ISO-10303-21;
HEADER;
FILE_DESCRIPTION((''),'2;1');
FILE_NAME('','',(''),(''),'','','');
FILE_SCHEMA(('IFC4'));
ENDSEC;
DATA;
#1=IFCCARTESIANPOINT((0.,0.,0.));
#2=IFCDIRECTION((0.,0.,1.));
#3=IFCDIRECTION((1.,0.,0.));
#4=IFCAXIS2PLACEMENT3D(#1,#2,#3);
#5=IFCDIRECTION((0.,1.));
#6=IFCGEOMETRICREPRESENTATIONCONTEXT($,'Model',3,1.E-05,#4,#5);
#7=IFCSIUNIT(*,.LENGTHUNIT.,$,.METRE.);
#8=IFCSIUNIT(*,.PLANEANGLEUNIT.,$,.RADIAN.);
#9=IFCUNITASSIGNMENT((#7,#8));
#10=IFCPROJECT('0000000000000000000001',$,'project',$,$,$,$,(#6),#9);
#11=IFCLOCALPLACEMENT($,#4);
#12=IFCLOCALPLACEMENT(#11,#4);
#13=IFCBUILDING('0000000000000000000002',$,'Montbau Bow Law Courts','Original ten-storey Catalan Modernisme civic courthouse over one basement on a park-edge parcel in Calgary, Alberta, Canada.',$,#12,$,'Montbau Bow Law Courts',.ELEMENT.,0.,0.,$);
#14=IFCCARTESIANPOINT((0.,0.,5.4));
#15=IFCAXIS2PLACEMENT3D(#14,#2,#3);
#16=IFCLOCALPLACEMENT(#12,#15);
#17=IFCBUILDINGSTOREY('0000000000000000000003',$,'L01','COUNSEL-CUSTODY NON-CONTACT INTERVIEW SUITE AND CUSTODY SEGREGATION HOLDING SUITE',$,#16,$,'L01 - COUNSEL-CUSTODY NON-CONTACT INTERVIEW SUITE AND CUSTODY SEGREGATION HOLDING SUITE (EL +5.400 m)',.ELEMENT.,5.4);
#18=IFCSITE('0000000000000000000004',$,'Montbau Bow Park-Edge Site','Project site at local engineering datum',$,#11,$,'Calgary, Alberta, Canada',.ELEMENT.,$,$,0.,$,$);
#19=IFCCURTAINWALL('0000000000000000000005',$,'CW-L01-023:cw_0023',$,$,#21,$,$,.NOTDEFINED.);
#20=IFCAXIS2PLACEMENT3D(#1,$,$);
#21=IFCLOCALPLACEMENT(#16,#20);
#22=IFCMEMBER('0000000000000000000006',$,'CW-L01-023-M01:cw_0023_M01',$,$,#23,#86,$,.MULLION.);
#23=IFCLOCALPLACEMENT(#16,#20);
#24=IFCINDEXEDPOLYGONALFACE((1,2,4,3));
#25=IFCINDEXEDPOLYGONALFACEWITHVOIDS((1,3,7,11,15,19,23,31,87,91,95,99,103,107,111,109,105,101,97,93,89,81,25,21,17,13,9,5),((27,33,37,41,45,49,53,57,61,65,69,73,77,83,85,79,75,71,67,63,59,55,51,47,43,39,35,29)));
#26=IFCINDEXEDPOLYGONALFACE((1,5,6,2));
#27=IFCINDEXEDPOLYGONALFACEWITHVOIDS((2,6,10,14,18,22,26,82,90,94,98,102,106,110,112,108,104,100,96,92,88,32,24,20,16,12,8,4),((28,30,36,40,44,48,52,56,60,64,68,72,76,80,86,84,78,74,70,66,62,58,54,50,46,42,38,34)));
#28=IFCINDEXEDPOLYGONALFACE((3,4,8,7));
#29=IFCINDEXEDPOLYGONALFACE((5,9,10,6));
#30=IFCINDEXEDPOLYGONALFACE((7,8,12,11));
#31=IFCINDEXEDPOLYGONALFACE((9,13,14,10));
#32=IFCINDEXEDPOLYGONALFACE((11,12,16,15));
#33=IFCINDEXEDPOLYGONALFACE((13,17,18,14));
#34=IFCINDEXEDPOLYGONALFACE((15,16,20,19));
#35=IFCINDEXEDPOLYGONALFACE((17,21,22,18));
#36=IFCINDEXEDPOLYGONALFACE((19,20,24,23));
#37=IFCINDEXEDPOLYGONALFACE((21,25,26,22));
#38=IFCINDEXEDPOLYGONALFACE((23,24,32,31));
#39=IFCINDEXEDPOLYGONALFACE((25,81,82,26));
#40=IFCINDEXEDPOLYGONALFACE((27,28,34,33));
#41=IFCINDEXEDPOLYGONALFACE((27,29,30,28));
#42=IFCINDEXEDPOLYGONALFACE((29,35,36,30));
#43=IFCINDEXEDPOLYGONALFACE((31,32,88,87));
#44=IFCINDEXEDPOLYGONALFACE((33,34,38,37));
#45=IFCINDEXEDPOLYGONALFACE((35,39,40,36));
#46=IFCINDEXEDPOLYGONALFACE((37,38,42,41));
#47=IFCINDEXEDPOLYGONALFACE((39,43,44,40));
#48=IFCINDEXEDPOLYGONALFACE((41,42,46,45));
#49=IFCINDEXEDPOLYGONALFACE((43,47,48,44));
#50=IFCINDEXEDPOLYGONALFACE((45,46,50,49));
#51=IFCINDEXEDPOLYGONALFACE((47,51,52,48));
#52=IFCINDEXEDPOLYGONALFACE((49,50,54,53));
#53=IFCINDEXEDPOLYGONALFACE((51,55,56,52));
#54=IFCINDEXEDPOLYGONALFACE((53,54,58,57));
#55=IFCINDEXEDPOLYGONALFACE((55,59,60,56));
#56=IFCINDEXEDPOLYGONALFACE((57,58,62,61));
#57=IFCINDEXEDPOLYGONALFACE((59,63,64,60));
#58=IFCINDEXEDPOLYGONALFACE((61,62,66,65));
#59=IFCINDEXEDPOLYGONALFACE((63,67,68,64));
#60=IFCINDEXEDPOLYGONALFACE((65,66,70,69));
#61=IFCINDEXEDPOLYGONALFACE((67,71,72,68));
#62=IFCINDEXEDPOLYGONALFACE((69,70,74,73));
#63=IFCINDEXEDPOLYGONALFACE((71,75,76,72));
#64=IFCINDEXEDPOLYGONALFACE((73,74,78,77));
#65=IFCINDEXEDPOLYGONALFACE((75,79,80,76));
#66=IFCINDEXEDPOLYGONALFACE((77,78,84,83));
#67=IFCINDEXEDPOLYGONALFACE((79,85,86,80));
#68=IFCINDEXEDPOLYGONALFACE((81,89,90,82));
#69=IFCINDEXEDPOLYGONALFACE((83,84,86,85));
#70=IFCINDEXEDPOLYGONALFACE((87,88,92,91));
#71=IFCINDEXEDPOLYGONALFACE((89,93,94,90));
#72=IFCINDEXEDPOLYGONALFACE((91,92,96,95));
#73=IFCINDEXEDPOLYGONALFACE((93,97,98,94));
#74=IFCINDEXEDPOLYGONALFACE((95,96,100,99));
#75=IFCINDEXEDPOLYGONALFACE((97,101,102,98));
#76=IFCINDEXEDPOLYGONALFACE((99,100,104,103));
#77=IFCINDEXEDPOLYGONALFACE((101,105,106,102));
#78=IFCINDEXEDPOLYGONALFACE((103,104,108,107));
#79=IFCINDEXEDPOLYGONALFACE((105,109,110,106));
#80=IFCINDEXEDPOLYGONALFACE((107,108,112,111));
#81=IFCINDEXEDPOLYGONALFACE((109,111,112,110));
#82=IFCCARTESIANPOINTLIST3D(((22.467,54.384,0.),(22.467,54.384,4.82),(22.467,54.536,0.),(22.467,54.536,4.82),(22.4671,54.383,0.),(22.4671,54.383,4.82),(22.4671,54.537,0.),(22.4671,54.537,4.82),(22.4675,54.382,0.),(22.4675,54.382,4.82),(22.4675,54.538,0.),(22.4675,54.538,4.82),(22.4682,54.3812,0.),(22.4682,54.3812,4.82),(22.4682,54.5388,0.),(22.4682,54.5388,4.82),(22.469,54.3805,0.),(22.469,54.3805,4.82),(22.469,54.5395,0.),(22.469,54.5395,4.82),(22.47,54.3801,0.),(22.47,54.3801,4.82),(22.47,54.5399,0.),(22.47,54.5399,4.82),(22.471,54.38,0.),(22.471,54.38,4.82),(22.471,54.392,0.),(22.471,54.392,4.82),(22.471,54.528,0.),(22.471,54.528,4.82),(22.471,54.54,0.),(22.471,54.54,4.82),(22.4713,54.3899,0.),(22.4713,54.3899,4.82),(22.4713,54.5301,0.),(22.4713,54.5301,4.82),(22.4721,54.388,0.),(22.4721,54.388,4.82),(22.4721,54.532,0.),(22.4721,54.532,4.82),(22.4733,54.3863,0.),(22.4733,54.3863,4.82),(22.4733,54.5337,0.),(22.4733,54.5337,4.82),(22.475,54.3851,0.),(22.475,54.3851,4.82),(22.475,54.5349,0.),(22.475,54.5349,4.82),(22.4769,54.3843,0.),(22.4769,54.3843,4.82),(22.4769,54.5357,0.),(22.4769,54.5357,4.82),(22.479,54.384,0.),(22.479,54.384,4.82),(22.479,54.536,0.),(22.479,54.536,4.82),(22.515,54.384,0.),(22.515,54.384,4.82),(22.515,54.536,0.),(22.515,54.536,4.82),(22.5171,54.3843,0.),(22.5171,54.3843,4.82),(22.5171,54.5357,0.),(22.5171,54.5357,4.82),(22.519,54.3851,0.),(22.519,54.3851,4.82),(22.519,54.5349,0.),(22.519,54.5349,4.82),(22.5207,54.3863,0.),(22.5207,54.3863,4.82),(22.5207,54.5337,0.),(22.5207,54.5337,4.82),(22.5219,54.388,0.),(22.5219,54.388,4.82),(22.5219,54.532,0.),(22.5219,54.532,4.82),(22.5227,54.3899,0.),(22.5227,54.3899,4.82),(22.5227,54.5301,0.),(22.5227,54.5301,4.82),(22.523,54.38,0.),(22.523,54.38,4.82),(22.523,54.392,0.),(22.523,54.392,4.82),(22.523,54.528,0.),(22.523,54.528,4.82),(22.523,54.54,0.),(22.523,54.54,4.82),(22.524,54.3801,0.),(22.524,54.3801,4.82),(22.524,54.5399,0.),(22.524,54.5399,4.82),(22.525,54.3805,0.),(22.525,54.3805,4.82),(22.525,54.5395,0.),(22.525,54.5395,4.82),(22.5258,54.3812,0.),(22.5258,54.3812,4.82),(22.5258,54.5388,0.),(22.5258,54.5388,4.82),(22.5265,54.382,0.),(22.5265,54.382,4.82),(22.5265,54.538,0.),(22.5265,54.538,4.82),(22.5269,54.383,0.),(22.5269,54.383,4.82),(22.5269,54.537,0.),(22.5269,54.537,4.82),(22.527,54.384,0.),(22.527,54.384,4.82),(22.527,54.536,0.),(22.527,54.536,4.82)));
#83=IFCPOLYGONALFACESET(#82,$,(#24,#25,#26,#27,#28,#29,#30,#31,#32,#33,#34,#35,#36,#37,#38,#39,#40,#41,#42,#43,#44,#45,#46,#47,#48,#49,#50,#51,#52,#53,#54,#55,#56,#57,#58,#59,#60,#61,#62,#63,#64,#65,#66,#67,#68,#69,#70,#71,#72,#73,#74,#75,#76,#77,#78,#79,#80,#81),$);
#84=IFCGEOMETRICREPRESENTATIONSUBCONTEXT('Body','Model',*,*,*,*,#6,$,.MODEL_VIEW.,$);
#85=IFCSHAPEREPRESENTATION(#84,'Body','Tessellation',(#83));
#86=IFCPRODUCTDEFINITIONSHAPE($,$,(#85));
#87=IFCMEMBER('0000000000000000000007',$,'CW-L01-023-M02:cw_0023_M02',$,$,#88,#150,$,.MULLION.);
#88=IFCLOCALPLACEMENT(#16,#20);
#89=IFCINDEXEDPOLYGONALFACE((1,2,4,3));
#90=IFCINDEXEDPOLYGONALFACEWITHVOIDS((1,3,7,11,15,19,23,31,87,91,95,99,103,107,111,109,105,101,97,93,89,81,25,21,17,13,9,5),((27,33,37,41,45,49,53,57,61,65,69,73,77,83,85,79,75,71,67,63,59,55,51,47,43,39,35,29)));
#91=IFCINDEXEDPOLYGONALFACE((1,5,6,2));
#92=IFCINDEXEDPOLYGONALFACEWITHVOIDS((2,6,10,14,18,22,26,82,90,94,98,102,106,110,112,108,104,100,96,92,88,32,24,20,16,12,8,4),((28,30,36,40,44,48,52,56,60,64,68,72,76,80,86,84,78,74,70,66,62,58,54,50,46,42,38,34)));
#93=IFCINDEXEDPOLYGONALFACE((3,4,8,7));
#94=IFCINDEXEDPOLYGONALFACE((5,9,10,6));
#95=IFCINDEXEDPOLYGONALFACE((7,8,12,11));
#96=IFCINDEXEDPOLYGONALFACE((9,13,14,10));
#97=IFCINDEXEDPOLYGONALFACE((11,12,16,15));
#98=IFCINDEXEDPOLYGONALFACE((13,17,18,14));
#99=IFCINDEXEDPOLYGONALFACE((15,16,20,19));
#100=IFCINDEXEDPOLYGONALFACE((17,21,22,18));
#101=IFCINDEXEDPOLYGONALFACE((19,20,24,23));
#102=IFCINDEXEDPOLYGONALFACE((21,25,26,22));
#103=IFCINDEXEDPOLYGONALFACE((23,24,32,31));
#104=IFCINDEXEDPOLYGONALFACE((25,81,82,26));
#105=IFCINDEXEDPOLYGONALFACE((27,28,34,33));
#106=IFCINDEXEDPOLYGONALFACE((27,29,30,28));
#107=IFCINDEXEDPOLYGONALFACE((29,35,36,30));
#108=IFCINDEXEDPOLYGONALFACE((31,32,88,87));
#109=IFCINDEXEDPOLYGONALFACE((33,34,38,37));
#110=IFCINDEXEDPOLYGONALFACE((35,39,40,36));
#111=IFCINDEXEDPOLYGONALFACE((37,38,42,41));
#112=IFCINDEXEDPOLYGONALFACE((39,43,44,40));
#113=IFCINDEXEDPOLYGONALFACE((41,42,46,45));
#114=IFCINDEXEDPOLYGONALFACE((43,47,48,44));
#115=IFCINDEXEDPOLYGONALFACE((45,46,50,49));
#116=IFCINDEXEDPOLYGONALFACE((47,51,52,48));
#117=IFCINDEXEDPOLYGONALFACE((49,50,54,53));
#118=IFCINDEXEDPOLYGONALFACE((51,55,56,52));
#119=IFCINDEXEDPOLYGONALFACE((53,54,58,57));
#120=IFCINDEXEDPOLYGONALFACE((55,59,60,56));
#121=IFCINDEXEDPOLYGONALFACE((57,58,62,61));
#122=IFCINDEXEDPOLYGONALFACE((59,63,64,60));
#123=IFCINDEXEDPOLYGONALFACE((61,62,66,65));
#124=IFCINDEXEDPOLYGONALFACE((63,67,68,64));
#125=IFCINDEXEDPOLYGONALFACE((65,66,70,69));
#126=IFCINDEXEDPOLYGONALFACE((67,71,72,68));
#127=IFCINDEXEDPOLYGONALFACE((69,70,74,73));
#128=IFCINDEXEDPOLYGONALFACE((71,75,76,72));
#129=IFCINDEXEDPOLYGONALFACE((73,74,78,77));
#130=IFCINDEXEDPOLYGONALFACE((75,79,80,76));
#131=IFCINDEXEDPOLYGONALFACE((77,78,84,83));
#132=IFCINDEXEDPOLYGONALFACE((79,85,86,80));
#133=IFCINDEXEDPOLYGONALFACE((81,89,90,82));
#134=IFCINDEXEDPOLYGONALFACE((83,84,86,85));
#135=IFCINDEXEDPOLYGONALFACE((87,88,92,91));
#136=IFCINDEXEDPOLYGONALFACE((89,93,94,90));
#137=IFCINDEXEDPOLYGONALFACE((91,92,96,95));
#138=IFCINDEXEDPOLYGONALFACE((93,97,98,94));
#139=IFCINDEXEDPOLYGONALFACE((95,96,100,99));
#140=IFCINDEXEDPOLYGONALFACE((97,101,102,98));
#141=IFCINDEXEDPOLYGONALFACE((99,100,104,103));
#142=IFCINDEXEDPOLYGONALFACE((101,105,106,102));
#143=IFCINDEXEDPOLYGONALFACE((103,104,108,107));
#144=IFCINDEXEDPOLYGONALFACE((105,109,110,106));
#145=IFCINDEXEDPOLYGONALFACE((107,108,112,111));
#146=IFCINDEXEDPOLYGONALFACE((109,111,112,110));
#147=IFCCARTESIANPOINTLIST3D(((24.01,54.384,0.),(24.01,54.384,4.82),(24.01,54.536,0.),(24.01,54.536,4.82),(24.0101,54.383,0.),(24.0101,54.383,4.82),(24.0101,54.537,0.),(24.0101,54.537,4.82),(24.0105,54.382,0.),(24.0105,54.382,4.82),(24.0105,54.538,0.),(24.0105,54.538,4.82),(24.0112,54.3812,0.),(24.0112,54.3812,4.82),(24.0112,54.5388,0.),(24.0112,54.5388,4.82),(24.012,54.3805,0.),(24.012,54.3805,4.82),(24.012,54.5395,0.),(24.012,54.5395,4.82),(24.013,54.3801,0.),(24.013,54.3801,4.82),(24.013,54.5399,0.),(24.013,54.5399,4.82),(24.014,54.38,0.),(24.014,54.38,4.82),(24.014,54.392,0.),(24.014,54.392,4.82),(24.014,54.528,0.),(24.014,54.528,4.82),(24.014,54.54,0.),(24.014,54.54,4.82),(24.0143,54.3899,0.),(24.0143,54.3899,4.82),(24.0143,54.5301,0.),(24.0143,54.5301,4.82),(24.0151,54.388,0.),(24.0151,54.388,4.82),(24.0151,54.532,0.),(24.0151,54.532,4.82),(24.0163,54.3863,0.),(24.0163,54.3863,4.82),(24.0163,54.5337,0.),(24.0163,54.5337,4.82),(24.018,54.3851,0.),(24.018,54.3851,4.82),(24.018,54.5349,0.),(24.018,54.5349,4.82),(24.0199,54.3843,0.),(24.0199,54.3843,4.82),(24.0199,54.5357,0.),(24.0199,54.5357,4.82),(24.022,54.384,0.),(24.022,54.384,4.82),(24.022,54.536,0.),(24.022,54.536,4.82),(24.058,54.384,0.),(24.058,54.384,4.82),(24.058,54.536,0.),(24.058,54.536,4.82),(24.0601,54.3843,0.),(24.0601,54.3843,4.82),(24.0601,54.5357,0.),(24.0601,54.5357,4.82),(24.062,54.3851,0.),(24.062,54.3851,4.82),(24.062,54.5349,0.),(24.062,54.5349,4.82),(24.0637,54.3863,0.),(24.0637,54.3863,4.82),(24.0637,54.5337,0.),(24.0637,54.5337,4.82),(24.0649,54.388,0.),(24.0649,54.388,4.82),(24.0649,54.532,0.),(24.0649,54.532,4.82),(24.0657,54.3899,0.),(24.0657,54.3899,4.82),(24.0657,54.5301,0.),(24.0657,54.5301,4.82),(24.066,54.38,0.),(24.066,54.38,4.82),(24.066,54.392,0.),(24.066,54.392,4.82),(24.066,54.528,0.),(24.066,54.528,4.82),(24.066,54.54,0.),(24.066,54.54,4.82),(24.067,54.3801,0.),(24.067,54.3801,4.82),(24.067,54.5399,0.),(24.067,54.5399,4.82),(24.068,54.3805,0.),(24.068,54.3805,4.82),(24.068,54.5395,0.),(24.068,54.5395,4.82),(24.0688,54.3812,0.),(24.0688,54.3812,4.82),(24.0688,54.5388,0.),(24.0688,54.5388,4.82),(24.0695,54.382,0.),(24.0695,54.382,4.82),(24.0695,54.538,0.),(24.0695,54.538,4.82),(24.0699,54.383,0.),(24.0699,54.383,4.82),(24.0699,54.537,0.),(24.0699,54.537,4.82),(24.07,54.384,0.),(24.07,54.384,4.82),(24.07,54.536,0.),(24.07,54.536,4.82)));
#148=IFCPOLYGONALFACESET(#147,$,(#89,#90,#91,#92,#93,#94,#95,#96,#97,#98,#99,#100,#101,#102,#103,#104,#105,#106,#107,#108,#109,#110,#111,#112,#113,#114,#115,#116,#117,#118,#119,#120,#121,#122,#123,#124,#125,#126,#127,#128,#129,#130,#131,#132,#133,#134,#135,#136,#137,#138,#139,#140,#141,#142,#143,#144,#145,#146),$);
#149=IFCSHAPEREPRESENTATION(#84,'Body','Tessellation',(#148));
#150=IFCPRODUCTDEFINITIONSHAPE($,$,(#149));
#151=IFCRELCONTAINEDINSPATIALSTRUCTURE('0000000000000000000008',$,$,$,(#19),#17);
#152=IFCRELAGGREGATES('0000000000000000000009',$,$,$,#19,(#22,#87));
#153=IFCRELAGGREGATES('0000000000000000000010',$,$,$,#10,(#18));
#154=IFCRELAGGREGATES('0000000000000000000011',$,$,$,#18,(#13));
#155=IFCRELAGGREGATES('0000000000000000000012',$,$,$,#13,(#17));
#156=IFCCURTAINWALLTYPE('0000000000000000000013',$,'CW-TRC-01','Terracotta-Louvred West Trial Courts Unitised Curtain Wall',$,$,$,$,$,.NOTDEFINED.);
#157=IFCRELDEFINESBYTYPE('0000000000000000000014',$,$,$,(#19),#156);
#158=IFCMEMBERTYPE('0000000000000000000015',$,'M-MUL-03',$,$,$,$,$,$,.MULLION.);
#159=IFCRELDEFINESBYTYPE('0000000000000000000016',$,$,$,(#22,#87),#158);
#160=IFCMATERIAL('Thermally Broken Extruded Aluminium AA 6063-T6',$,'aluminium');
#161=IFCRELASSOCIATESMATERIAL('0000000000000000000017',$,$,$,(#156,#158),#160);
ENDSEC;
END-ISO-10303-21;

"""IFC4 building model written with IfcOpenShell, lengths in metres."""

from ifc_helpers import new_model, si_unit, direction, frame, origin_with_axes, origin_2d_with_axis, place, context, subcontext, project, spatial, hollow_rectangle, extrude, material, material_profile, profile_set, type_object, element, aggregate, save


model = new_model("IFC4")

# Units and contexts
model_context = context("Model", 3, precision=1e-05, world=origin_with_axes(), true_north=direction((0.0, 1.0)))
body_context = subcontext(model_context, "Body", "Model", "MODEL_VIEW")
ifc_project = project(units=[si_unit("LENGTHUNIT", "METRE"), si_unit("PLANEANGLEUNIT", "RADIAN")], contexts=[model_context])

# Site, building, storey
site_placement = place(None, origin_with_axes())
site = spatial("IfcSite", under=ifc_project, at=site_placement, Name="Montbau Bow Park-Edge Site", Description="Project site at local engineering datum", LongName="Calgary, Alberta, Canada", CompositionType="ELEMENT", RefElevation=0.0)
building_placement = place(site_placement, origin_with_axes())
building = spatial("IfcBuilding", under=site, at=building_placement, Name="Montbau Bow Law Courts", Description="Original ten-storey Catalan Modernisme civic courthouse over one basement on a park-edge parcel in Calgary, Alberta, Canada.", LongName="Montbau Bow Law Courts", CompositionType="ELEMENT", ElevationOfRefHeight=0.0, ElevationOfTerrain=0.0)
storey_placement = place(building_placement, frame((0.0, 0.0, 5.4), z_axis=(0.0, 0.0, 1.0), x_axis=(1.0, 0.0, 0.0)))
storey = spatial("IfcBuildingStorey", under=building, at=storey_placement, Name="L01", Description="COUNSEL-CUSTODY NON-CONTACT INTERVIEW SUITE AND CUSTODY SEGREGATION HOLDING SUITE", LongName="L01 - COUNSEL-CUSTODY NON-CONTACT INTERVIEW SUITE AND CUSTODY SEGREGATION HOLDING SUITE (EL +5.400 m)", CompositionType="ELEMENT", Elevation=5.4)

# Curtain wall, members
ifc_material_1 = material(Name="Thermally Broken Extruded Aluminium AA 6063-T6", Category="aluminium")
curtain_wall_type = type_object("IfcCurtainWallType", Name="CW-TRC-01", Description="Terracotta-Louvred West Trial Courts Unitised Curtain Wall", PredefinedType="NOTDEFINED", material=ifc_material_1)
curtain_wall_1_placement = place(None, frame((22.467, 54.46, 5.4), z_axis=(0.0, 0.0, 1.0), x_axis=(1.0, 0.0, 0.0)))
curtain_wall_1 = element("IfcCurtainWall", 1, at=curtain_wall_1_placement, inside=storey, type_object=curtain_wall_type, Name="CW-L01-023:cw_0023", PredefinedType="NOTDEFINED")
ifc_material_profile_1 = material_profile(ifc_material_1, hollow_rectangle(XDim=0.06, YDim=0.16, WallThickness=0.004, InnerFilletRadius=0.008, OuterFilletRadius=0.004, at=origin_2d_with_axis()), Name="CWM-160X60", Category="Main", Priority=0)
ifc_profile_set_1 = profile_set([ifc_material_profile_1], Name="Thermally Broken Extruded Aluminium AA 6063-T6")
member_type_1 = type_object("IfcMemberType", Name="M-MUL-03", PredefinedType="MULLION", material=ifc_profile_set_1)
member_1_placement = place(None, frame((22.497, 54.46, 5.4), z_axis=(0.0, 0.0, 1.0), x_axis=(1.0, 0.0, 0.0)))
member_1 = element("IfcMember", 2, at=member_1_placement, type_object=member_type_1, Name="CW-L01-023-M01:cw_0023_M01", PredefinedType="MULLION", context=body_context, shape_type="SweptSolid", body=[
    extrude(hollow_rectangle(XDim=0.06, YDim=0.16, WallThickness=0.004, InnerFilletRadius=0.008, OuterFilletRadius=0.004, at=origin_2d_with_axis()), origin_with_axes(), (0.0, 0.0, 1.0), 4.82),
])
member_2_placement = place(None, frame((24.04, 54.46, 5.4), z_axis=(0.0, 0.0, 1.0), x_axis=(1.0, 0.0, 0.0)))
member_2 = element("IfcMember", 3, at=member_2_placement, type_object=member_type_1, Name="CW-L01-023-M02:cw_0023_M02", PredefinedType="MULLION", context=body_context, shape_type="SweptSolid", body=[
    extrude(hollow_rectangle(XDim=0.06, YDim=0.16, WallThickness=0.004, InnerFilletRadius=0.008, OuterFilletRadius=0.004, at=origin_2d_with_axis()), origin_with_axes(), (0.0, 0.0, 1.0), 4.82),
])

aggregate(curtain_wall_1, [member_1, member_2])

save(model, "model.ifc")
